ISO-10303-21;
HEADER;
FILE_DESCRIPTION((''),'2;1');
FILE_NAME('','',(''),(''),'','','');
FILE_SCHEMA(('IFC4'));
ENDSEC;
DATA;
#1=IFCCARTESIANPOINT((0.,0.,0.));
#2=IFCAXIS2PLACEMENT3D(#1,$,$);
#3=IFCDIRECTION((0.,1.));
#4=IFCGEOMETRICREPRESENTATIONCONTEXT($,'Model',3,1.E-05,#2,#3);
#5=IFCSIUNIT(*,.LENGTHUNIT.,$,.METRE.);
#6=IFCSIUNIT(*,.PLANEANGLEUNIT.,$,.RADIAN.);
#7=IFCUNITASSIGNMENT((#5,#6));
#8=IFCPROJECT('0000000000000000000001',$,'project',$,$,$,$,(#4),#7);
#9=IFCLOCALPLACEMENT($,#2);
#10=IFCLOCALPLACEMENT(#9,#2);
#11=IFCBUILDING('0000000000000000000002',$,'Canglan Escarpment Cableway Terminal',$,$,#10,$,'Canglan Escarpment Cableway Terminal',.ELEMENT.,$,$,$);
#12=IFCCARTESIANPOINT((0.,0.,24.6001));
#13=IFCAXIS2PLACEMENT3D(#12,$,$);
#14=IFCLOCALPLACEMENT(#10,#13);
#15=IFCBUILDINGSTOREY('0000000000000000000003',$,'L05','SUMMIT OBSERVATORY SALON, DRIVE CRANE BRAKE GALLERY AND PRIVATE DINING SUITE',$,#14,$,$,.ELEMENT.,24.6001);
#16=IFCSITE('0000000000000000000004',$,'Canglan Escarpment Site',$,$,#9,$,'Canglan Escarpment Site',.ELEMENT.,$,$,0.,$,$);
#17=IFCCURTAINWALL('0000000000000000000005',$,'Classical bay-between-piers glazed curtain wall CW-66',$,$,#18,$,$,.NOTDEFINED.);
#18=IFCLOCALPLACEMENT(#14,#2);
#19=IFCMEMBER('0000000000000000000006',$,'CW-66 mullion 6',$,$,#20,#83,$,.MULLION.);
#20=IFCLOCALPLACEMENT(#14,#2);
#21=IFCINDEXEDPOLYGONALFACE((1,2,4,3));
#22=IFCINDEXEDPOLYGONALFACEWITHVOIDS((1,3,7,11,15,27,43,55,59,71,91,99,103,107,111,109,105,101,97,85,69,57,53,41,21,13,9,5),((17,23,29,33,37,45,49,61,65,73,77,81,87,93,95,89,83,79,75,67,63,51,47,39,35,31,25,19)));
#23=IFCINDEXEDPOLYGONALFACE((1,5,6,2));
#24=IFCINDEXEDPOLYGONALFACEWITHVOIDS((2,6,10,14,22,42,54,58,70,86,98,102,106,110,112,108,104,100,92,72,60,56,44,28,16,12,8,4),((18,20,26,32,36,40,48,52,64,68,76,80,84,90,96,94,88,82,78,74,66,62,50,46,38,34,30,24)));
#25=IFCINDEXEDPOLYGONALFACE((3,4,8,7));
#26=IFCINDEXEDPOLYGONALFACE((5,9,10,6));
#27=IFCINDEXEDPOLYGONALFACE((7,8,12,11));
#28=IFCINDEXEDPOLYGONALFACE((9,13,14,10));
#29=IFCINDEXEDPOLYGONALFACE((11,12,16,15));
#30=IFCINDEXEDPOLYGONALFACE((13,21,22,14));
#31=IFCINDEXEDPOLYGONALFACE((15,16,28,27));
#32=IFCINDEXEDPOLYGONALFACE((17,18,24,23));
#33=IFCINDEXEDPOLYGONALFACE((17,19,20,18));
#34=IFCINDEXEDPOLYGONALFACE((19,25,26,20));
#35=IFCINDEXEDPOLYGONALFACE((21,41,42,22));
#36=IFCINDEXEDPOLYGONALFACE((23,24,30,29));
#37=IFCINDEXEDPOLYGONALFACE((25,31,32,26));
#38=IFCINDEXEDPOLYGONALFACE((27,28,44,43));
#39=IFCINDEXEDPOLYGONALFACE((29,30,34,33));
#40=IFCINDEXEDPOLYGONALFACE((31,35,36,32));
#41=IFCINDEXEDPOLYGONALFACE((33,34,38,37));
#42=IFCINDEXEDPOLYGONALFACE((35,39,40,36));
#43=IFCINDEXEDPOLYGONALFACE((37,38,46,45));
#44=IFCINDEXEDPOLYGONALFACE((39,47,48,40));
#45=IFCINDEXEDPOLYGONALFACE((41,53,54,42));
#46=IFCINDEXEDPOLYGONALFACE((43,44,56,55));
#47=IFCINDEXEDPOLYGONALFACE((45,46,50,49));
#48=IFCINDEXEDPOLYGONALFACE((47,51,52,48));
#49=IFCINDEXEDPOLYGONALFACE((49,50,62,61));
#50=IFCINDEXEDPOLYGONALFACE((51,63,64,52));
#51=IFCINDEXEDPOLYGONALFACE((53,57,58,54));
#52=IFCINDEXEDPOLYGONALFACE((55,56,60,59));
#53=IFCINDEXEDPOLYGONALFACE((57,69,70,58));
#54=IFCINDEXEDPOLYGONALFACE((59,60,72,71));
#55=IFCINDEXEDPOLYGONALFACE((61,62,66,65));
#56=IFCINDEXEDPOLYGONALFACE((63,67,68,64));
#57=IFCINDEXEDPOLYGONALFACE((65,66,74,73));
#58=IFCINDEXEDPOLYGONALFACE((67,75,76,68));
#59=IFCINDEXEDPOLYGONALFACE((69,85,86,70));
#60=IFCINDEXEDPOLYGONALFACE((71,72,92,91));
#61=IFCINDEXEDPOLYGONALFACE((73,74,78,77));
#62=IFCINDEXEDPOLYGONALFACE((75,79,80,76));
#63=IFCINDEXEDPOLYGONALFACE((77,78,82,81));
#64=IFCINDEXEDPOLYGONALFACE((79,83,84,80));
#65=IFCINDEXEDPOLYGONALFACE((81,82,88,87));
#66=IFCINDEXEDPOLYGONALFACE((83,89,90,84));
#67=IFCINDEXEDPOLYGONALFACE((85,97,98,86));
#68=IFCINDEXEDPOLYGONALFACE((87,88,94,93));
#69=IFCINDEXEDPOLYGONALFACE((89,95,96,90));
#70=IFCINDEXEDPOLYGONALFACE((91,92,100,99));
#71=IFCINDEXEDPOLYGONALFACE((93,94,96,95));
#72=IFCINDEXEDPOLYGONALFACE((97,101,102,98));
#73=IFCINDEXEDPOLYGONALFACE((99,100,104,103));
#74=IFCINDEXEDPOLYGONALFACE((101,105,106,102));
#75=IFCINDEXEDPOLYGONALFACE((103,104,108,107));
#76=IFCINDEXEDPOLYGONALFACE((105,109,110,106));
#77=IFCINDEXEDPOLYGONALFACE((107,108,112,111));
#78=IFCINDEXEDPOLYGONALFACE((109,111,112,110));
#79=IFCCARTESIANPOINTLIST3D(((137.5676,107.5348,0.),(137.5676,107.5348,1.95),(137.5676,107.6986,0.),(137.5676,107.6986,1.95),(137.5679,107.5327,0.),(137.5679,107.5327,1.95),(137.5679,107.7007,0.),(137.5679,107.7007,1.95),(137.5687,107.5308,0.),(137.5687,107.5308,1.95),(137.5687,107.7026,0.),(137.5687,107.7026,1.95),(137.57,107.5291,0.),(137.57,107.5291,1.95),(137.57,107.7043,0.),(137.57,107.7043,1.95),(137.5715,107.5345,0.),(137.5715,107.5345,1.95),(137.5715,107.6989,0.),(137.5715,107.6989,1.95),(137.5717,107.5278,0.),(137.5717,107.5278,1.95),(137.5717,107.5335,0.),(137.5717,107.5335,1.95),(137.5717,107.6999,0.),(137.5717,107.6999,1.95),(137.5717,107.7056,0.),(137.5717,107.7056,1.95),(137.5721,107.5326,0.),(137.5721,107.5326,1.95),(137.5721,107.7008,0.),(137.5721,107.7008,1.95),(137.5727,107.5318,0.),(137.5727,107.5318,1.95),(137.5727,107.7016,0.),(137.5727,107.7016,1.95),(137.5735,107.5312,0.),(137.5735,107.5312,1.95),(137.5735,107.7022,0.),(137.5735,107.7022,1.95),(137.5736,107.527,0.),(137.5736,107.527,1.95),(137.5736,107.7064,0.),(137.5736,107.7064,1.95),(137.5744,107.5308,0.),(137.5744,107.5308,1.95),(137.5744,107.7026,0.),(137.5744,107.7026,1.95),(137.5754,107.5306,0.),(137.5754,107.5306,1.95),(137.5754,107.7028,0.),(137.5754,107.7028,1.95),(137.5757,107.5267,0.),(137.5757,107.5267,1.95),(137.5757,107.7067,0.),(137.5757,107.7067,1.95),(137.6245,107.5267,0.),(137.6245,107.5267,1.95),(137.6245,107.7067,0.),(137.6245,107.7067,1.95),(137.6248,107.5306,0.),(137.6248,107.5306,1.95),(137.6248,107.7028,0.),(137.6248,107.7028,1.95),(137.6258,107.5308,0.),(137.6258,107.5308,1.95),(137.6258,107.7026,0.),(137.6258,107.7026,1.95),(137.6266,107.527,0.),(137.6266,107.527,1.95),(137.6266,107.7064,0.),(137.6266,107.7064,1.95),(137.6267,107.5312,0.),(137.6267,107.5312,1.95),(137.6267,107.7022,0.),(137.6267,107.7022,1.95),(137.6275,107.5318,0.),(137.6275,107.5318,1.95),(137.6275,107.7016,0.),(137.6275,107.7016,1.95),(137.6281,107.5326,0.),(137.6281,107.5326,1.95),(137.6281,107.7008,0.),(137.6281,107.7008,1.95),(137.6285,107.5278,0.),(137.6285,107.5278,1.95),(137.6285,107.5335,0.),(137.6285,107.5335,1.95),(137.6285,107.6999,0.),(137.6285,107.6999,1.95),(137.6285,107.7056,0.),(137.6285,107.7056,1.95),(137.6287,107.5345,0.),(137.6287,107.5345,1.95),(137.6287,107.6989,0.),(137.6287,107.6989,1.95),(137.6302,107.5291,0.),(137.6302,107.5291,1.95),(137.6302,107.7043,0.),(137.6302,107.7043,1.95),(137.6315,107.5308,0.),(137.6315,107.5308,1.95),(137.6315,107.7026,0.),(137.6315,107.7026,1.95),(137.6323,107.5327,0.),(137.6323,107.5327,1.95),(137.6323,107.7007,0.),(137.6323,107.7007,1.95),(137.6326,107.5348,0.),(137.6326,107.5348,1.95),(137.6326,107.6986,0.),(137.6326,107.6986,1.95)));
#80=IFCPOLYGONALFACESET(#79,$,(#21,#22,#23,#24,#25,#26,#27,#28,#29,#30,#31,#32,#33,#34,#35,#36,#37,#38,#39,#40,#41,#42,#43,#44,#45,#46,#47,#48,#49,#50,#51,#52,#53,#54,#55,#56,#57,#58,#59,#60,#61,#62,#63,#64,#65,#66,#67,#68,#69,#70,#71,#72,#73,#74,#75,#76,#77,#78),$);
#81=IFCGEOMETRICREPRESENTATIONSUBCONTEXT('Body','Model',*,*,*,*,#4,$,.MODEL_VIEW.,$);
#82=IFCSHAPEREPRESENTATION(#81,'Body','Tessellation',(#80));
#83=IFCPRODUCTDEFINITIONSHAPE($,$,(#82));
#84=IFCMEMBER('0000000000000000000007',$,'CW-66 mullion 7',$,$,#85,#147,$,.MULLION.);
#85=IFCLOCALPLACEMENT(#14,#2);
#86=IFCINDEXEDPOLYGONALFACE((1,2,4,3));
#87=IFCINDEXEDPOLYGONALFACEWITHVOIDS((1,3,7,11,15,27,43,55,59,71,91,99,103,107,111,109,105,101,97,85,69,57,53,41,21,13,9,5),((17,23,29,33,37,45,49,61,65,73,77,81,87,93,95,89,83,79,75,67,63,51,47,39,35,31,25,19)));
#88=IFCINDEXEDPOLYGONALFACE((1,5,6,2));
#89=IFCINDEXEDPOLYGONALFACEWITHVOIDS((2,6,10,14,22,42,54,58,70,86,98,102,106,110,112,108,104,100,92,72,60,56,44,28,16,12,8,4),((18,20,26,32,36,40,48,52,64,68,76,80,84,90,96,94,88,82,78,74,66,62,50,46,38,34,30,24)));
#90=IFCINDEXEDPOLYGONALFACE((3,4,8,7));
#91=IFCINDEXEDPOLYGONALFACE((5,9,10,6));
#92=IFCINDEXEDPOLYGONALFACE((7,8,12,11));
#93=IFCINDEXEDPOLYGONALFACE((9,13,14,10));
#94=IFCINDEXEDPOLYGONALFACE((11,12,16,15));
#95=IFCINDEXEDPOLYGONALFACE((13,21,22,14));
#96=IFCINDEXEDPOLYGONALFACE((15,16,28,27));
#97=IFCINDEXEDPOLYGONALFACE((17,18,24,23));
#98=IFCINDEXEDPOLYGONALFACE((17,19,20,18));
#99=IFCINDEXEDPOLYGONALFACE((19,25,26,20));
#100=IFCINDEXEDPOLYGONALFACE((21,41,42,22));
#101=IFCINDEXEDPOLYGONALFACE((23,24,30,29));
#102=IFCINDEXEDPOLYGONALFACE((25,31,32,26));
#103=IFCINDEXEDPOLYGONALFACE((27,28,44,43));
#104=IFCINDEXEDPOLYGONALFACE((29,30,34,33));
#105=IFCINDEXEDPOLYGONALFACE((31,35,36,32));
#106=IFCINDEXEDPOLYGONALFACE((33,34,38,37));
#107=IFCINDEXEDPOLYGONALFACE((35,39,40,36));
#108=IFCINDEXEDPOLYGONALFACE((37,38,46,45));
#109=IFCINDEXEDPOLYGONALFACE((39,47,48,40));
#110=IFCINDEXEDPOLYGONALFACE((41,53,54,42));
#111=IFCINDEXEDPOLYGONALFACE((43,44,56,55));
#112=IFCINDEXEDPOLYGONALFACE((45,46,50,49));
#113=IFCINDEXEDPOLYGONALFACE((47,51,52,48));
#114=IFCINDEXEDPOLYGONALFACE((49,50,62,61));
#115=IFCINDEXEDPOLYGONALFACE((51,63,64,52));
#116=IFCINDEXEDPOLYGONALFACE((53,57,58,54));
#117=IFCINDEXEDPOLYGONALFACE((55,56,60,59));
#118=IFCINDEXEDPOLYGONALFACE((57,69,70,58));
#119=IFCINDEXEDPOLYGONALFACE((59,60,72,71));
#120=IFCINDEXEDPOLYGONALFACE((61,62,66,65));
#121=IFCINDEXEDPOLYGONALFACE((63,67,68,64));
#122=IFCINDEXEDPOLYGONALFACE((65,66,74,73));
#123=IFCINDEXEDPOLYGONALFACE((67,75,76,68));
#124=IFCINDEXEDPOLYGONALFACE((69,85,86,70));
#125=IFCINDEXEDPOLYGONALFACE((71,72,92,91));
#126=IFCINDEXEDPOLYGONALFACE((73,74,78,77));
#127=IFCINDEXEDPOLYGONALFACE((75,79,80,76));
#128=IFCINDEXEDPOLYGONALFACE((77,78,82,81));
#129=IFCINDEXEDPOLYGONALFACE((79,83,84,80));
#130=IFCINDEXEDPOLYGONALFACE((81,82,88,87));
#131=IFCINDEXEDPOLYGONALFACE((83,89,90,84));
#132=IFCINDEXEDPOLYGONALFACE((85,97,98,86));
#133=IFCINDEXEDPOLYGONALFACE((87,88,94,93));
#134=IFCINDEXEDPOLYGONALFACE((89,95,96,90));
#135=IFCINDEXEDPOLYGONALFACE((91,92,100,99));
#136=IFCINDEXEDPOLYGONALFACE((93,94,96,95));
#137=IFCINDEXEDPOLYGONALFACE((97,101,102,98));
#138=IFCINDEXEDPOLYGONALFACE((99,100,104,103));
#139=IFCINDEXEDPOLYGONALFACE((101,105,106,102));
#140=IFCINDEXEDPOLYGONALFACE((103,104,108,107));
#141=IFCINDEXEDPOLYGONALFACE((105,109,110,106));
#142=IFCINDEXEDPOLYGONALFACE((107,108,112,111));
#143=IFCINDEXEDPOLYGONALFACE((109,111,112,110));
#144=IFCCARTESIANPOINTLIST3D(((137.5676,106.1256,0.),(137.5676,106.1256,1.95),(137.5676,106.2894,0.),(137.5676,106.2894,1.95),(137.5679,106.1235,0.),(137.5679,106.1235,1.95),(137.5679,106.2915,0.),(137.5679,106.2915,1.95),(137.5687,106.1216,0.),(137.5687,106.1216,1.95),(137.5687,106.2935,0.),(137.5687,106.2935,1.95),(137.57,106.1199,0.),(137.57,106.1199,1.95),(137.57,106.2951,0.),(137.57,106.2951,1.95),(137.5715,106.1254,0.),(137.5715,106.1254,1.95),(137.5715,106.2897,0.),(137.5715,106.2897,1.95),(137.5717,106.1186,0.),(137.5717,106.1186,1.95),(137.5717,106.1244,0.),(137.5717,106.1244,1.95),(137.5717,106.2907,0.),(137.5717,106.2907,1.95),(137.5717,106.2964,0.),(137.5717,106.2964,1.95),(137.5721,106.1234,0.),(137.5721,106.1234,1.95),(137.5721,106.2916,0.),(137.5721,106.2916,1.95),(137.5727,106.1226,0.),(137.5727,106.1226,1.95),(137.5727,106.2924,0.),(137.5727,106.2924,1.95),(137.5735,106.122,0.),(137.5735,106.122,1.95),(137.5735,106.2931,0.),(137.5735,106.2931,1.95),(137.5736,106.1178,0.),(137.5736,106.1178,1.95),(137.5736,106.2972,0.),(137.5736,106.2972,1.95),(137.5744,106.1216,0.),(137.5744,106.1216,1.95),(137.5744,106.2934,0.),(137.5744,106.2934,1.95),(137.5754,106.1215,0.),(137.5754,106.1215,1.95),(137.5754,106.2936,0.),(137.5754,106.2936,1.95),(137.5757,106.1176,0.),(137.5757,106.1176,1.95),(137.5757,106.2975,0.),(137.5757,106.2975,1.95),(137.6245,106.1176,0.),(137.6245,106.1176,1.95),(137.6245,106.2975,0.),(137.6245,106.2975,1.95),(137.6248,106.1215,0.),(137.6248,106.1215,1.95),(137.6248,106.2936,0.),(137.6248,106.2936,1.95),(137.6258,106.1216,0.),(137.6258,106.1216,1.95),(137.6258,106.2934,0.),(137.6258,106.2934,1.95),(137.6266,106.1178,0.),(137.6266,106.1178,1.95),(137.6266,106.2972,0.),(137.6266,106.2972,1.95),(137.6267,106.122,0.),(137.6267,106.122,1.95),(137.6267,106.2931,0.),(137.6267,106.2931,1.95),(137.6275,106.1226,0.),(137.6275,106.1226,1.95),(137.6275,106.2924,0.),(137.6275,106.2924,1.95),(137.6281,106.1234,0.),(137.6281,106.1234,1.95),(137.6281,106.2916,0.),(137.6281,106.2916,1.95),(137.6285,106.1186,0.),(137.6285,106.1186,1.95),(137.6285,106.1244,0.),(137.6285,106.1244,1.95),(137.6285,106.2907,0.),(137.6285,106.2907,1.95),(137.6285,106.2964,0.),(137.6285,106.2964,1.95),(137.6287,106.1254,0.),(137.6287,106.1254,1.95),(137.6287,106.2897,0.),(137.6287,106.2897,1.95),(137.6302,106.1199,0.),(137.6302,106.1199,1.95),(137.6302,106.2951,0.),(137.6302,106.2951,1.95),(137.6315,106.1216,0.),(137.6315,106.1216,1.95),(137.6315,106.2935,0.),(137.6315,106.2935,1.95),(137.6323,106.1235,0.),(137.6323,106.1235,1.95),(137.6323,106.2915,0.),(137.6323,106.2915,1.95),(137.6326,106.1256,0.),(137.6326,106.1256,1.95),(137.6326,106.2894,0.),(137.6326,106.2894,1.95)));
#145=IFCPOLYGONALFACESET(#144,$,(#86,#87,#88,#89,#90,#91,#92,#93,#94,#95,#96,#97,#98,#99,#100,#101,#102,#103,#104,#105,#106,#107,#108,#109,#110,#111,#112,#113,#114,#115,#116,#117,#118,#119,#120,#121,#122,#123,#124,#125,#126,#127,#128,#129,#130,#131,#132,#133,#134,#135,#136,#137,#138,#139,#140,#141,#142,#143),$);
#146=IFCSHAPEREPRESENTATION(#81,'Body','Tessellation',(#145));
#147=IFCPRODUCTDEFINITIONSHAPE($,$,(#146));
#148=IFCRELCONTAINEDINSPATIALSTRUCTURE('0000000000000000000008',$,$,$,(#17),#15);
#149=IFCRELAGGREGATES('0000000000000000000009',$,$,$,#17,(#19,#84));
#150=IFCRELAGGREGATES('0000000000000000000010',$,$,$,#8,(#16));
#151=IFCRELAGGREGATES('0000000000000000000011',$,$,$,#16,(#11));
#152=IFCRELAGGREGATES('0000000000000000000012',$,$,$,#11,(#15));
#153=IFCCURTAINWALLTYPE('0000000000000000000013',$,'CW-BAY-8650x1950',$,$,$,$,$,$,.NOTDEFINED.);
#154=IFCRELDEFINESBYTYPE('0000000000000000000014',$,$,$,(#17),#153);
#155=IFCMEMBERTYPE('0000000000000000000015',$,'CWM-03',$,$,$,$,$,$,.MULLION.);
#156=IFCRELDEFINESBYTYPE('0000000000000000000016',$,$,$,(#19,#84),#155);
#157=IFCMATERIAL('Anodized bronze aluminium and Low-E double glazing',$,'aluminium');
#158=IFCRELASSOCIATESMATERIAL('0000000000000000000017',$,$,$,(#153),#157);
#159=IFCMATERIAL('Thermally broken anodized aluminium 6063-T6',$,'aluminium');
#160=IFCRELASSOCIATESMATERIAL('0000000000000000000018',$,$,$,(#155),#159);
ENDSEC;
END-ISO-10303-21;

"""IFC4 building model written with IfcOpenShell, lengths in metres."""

from ifc_helpers import new_model, si_unit, direction, frame, origin, origin_2d, place, context, subcontext, project, spatial, hollow_rectangle, extrude, material, material_profile, profile_set, type_object, element, aggregate, save


model = new_model("IFC4")

# Units and contexts
model_context = context("Model", 3, precision=1e-05, world=origin(), true_north=direction((0.0, 1.0)))
body_context = subcontext(model_context, "Body", "Model", "MODEL_VIEW")
ifc_project = project(units=[si_unit("LENGTHUNIT", "METRE"), si_unit("PLANEANGLEUNIT", "RADIAN")], contexts=[model_context])

# Site, building, storey
site_placement = place(None, origin())
site = spatial("IfcSite", under=ifc_project, at=site_placement, Name="Canglan Escarpment Site", LongName="Canglan Escarpment Site", CompositionType="ELEMENT", RefElevation=0.0)
building_placement = place(site_placement, origin())
building = spatial("IfcBuilding", under=site, at=building_placement, Name="Canglan Escarpment Cableway Terminal", LongName="Canglan Escarpment Cableway Terminal", CompositionType="ELEMENT")
storey_placement = place(building_placement, frame((0.0, 0.0, 24.6001)))
storey = spatial("IfcBuildingStorey", under=building, at=storey_placement, Name="L05", Description="SUMMIT OBSERVATORY SALON, DRIVE CRANE BRAKE GALLERY AND PRIVATE DINING SUITE", CompositionType="ELEMENT", Elevation=24.6001)

# Curtain wall, members
ifc_material_1 = material(Name="Anodized bronze aluminium and Low-E double glazing", Category="aluminium")
curtain_wall_type = type_object("IfcCurtainWallType", Name="CW-BAY-8650x1950", PredefinedType="NOTDEFINED", material=ifc_material_1)
curtain_wall_placement = place(storey_placement, origin())
curtain_wall = element("IfcCurtainWall", 1, at=curtain_wall_placement, inside=storey, type_object=curtain_wall_type, Name="Classical bay-between-piers glazed curtain wall CW-66", PredefinedType="NOTDEFINED")
ifc_material_2 = material(Name="Thermally broken anodized aluminium 6063-T6", Category="aluminium")
ifc_material_profile_1 = material_profile(ifc_material_2, hollow_rectangle(XDim=0.0649, YDim=0.1799, WallThickness=0.0039, InnerFilletRadius=0.0039, OuterFilletRadius=0.0081, at=origin_2d()), Name="ALU-MULL 65x180x4")
ifc_profile_set_1 = profile_set([ifc_material_profile_1], Name="Thermally broken anodized aluminium 6063-T6")
member_type_1 = type_object("IfcMemberType", Name="CWM-03", PredefinedType="MULLION", material=ifc_profile_set_1)
member_1_placement = place(storey_placement, frame((137.6001, 107.6167, 0.0), z_axis=(0.0, 0.0, 1.0), x_axis=(1.0, 0.0, 0.0)))
member_1 = element("IfcMember", 2, at=member_1_placement, type_object=member_type_1, Name="CW-66 mullion 6", PredefinedType="MULLION", context=body_context, shape_type="SweptSolid", body=[
    extrude(hollow_rectangle(XDim=0.0649, YDim=0.1799, WallThickness=0.0039, InnerFilletRadius=0.0039, OuterFilletRadius=0.0081, at=origin_2d()), origin(), (0.0, 0.0, 1.0), 1.95),
])
member_2_placement = place(storey_placement, frame((137.6001, 106.2075, 0.0), z_axis=(0.0, 0.0, 1.0), x_axis=(1.0, 0.0, 0.0)))
member_2 = element("IfcMember", 3, at=member_2_placement, type_object=member_type_1, Name="CW-66 mullion 7", PredefinedType="MULLION", context=body_context, shape_type="SweptSolid", body=[
    extrude(hollow_rectangle(XDim=0.0649, YDim=0.1799, WallThickness=0.0039, InnerFilletRadius=0.0039, OuterFilletRadius=0.0081, at=origin_2d()), origin(), (0.0, 0.0, 1.0), 1.95),
])

aggregate(curtain_wall, [member_1, member_2])

save(model, "model.ifc")
